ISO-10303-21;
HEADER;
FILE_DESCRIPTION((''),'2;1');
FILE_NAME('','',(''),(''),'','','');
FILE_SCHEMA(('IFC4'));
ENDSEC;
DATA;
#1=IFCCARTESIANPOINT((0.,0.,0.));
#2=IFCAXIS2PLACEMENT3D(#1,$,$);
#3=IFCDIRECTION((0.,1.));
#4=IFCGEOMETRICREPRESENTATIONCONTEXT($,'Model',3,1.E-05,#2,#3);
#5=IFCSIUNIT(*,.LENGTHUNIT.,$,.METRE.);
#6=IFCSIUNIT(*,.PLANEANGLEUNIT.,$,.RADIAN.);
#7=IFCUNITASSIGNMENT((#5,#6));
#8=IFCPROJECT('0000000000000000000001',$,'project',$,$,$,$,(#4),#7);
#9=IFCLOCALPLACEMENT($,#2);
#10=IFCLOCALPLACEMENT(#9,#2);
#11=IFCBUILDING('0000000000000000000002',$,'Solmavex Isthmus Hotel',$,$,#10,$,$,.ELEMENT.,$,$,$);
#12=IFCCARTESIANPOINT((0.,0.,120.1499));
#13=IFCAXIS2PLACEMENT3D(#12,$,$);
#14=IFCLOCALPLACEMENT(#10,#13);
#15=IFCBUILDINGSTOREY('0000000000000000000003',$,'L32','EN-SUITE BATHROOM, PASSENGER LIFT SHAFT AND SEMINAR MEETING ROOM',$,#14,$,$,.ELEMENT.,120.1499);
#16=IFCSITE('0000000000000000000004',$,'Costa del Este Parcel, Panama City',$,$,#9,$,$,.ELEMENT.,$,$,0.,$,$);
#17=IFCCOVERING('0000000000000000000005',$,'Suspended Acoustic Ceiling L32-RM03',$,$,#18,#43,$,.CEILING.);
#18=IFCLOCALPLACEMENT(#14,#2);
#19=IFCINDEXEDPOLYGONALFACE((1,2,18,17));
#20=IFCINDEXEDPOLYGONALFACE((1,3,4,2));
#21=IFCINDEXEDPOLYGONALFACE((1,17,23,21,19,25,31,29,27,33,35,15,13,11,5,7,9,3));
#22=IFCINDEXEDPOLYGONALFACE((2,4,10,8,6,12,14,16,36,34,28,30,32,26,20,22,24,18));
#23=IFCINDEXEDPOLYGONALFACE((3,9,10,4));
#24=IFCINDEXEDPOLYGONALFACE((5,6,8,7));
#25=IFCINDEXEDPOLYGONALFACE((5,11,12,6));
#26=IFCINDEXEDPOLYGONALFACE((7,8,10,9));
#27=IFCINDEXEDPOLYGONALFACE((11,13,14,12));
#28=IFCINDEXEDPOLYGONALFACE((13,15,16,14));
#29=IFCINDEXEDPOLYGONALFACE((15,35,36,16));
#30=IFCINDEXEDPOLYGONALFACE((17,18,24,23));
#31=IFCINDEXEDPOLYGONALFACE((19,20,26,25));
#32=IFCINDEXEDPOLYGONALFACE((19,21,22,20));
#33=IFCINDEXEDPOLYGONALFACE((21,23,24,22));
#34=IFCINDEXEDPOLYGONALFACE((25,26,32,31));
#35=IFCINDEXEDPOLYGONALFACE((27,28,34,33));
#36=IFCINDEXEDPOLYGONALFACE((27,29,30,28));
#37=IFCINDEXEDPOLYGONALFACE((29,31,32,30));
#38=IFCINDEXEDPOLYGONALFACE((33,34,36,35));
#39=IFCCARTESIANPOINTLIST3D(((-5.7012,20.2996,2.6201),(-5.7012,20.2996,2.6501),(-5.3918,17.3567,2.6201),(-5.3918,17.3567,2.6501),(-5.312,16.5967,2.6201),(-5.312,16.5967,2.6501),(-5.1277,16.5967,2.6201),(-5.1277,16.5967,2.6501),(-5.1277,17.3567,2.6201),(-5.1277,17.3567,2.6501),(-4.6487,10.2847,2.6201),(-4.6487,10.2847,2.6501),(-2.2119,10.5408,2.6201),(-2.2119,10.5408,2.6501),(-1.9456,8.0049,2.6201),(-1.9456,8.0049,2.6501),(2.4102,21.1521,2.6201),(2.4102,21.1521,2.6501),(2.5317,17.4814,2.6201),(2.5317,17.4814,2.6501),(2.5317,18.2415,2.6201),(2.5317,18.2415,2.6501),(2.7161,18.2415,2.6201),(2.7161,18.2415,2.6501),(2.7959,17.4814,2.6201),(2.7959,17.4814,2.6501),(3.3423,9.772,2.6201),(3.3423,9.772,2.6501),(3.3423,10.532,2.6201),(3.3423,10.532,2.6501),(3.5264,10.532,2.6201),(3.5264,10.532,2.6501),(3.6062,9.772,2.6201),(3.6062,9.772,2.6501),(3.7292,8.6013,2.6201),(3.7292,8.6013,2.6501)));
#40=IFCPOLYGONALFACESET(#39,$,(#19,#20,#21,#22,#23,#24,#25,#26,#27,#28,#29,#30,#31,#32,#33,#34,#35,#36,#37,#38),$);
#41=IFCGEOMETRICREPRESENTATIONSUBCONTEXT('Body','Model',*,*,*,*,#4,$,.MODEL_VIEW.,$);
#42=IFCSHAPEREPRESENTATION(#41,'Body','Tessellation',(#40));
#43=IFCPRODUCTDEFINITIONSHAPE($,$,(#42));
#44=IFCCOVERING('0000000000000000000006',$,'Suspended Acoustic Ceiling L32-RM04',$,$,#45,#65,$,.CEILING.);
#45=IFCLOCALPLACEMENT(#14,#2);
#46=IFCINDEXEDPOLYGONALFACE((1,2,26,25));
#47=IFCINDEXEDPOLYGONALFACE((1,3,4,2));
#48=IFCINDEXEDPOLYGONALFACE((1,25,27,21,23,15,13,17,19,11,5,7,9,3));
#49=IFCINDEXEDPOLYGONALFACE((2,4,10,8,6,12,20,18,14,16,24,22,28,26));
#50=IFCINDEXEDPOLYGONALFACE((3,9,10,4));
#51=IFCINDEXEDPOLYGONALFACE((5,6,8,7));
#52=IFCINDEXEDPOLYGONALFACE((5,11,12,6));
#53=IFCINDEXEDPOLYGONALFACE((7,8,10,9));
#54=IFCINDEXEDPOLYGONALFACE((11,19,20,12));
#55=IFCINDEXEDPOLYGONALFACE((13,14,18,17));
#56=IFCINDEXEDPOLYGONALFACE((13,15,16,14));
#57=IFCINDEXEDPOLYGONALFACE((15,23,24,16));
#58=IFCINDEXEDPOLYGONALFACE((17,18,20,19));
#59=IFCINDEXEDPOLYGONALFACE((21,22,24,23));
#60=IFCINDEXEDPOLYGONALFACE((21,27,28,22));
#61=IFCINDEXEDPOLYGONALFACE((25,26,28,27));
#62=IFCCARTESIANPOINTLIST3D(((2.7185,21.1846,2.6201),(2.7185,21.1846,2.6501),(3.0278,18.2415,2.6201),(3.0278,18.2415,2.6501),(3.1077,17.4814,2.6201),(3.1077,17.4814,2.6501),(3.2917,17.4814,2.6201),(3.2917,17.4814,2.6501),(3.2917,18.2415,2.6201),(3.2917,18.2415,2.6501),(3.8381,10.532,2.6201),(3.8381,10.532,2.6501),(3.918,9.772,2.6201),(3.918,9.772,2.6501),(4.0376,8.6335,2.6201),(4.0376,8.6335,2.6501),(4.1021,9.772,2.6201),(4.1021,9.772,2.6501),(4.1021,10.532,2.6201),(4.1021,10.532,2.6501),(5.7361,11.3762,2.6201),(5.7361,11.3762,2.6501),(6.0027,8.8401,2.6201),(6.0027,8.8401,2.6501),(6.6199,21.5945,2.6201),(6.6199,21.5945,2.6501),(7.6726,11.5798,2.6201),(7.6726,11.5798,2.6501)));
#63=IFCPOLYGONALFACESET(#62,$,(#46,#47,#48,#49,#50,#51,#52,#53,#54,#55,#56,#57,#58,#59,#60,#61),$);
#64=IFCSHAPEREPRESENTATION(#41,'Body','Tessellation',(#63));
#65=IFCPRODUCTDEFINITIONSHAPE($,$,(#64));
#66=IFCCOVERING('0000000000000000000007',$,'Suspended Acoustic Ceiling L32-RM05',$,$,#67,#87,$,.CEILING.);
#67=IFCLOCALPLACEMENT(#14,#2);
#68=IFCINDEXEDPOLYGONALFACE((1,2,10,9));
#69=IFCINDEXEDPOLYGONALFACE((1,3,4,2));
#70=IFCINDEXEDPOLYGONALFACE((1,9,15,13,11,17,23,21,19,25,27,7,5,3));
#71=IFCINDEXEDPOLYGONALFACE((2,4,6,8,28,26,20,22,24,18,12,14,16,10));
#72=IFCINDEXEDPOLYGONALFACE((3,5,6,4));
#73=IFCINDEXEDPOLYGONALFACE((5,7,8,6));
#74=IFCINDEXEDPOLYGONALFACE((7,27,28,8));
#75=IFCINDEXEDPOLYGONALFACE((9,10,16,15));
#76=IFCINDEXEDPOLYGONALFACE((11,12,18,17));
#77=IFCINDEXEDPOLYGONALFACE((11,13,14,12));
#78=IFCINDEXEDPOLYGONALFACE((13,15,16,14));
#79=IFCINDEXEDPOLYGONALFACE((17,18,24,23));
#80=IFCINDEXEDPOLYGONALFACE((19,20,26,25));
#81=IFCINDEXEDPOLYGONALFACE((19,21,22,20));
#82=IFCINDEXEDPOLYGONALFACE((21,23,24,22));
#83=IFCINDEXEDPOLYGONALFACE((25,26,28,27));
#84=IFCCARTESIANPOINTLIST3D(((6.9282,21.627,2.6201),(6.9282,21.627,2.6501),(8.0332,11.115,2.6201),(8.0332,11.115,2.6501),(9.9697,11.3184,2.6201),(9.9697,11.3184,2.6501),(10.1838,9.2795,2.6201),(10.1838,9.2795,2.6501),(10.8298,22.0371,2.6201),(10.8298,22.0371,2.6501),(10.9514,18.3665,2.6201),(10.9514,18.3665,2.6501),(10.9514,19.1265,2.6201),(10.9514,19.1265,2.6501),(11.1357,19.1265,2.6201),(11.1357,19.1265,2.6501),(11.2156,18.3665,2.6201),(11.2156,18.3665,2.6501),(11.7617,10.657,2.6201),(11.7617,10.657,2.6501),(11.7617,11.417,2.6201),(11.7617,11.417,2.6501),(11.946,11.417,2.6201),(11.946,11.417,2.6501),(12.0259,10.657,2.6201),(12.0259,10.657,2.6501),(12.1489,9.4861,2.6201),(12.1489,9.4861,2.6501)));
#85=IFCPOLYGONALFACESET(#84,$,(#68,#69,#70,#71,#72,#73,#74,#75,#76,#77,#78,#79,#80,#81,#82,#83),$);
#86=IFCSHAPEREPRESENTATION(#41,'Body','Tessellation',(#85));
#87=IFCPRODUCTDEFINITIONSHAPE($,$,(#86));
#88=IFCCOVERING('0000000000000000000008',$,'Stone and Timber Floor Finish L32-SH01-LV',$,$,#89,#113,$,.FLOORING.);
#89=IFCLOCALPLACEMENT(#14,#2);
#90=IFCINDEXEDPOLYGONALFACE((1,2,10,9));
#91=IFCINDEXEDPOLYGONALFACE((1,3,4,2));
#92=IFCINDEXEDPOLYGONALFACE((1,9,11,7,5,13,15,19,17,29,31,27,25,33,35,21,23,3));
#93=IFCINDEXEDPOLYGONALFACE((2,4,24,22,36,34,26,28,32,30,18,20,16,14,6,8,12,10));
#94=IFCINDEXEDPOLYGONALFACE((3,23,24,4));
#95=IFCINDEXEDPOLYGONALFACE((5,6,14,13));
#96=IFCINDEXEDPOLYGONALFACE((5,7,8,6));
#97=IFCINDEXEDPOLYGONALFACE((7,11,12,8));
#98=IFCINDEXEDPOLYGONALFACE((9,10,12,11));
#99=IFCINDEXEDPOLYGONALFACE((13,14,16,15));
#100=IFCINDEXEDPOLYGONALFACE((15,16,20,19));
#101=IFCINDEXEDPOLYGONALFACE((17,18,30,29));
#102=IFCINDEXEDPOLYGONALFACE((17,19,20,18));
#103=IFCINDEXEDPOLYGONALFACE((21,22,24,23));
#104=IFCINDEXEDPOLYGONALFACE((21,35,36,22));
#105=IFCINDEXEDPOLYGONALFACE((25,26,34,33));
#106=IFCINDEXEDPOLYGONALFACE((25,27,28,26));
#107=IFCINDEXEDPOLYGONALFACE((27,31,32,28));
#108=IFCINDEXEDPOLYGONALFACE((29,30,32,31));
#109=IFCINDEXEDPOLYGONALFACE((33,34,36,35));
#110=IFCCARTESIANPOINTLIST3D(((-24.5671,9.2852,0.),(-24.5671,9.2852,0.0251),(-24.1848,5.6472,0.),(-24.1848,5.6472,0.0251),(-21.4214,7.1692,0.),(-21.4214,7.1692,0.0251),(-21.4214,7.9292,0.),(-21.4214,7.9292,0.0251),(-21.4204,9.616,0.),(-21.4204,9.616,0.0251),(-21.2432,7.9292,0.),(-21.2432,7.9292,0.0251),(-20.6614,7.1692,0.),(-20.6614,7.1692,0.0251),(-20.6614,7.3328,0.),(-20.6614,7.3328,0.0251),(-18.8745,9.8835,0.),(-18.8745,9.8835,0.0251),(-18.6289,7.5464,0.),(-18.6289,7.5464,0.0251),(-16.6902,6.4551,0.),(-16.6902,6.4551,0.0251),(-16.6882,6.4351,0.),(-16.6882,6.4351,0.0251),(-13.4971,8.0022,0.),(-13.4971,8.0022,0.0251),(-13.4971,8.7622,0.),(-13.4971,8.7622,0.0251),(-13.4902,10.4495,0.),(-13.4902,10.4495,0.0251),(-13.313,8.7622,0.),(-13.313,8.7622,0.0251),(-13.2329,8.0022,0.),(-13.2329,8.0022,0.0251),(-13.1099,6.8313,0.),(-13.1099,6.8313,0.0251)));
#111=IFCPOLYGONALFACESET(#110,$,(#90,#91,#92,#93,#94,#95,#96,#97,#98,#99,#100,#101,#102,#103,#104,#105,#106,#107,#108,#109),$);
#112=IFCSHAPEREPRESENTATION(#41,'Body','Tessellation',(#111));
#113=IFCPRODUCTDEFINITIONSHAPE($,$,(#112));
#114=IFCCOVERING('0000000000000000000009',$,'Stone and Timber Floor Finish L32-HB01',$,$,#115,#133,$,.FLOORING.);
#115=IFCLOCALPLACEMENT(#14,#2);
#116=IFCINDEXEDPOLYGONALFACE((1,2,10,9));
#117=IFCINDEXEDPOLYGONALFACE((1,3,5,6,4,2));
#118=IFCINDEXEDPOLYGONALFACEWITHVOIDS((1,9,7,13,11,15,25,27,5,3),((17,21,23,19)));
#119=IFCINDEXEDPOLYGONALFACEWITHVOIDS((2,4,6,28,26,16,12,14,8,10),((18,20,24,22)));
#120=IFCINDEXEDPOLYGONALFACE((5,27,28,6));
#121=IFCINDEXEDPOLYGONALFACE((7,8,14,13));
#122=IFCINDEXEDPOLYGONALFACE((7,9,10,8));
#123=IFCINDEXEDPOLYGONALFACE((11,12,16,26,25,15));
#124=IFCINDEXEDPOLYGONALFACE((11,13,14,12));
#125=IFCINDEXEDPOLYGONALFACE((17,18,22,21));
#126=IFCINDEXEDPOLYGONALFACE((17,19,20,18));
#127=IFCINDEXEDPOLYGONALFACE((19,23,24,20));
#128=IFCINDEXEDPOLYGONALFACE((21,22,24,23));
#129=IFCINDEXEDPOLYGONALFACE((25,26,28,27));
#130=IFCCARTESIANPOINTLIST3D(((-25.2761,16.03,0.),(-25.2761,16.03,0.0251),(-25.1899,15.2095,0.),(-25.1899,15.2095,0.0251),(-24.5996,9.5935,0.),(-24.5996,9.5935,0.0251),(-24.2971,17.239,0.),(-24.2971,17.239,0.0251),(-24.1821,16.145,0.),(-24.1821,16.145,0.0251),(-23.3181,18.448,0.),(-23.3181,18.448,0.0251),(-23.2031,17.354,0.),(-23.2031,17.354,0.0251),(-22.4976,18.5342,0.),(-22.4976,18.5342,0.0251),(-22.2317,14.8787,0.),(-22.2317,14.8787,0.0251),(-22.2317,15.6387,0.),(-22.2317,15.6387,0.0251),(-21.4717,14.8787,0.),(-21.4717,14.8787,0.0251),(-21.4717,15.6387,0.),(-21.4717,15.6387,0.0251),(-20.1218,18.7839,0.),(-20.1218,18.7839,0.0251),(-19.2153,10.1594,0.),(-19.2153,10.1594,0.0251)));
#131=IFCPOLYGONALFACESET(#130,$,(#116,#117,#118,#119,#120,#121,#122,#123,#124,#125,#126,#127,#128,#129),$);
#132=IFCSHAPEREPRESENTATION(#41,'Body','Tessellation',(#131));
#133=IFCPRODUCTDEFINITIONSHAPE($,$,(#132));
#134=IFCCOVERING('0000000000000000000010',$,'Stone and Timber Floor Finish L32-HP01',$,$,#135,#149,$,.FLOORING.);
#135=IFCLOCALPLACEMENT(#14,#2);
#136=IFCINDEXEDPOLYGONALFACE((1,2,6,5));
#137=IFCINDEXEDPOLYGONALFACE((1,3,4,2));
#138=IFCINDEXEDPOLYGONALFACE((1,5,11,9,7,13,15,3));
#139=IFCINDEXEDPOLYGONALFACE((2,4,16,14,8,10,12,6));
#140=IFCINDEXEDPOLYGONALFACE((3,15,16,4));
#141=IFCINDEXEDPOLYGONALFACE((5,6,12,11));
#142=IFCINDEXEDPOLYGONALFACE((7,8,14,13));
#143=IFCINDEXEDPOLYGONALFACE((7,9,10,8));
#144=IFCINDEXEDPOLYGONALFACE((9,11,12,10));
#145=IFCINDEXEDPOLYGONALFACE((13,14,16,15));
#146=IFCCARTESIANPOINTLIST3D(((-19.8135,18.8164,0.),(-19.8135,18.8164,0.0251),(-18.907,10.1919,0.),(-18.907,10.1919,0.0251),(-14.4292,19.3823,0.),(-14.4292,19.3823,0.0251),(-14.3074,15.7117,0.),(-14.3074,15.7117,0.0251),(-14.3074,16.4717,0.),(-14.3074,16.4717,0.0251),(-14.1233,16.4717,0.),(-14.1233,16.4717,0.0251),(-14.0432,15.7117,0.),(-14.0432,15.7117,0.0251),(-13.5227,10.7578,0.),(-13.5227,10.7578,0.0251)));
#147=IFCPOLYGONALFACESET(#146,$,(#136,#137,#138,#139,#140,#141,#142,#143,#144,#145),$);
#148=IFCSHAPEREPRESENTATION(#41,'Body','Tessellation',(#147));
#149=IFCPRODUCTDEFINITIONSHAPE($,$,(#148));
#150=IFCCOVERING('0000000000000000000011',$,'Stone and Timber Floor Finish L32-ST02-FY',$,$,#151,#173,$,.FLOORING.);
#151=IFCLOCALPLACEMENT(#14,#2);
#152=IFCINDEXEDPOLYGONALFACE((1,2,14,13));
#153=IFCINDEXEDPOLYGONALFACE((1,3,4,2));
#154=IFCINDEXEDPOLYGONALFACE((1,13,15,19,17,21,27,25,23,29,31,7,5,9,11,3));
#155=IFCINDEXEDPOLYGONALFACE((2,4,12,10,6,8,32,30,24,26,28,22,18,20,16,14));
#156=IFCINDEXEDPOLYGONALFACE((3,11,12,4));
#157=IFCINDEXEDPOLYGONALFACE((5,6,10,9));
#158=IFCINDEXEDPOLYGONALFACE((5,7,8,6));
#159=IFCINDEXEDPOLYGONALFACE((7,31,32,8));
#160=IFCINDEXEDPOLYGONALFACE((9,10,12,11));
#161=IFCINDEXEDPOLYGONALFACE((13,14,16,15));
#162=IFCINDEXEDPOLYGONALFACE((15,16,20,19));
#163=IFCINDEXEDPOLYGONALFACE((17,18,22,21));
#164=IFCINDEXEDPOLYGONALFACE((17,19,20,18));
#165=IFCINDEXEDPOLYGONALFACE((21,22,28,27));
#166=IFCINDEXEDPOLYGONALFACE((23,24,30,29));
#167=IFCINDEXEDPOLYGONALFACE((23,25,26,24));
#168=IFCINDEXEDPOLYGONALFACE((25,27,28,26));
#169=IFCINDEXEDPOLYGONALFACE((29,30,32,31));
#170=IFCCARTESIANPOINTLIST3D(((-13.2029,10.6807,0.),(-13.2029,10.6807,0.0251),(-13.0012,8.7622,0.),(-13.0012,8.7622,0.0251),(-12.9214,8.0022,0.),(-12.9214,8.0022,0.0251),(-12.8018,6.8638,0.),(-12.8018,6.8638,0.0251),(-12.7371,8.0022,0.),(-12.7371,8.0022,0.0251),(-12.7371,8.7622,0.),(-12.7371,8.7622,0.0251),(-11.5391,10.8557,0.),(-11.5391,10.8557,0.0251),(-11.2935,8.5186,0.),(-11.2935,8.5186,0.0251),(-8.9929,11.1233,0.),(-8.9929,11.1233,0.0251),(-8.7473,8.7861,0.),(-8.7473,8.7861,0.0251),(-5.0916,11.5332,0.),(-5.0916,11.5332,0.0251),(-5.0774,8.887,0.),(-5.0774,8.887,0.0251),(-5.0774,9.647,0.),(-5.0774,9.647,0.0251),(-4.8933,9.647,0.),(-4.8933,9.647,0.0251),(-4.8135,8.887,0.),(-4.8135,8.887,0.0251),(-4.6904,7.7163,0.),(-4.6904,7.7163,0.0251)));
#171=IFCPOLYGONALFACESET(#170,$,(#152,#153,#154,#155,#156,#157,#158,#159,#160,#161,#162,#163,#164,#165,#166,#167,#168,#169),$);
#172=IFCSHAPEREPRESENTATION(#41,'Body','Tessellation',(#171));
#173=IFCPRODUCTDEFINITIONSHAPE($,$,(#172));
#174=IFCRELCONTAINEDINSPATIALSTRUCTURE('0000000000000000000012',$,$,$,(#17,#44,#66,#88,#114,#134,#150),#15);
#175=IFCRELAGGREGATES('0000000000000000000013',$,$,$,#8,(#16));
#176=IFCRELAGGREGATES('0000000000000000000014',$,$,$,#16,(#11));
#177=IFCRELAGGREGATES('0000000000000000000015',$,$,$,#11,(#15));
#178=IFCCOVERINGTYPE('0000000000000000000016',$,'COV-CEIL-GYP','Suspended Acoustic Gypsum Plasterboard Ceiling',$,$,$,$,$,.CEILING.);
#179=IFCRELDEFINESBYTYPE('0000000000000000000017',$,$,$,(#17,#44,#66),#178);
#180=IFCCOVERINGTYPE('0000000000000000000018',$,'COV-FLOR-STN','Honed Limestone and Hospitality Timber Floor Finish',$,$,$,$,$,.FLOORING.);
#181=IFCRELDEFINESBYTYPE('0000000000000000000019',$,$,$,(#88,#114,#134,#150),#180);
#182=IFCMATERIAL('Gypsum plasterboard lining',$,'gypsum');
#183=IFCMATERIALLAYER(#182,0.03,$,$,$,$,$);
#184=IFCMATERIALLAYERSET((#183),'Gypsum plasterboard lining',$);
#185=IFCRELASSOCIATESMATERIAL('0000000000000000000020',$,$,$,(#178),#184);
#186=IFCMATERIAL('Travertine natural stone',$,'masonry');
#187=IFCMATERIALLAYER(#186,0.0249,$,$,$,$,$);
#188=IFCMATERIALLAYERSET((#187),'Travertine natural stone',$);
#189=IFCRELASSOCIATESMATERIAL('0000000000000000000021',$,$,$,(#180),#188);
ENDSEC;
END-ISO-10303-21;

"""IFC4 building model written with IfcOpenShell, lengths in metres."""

from ifc_helpers import new_model, si_unit, direction, frame, origin, place, context, subcontext, project, spatial, polyline, outline, extrude, material, layer, layer_set, type_object, element, save


model = new_model("IFC4")

# Units and contexts
model_context = context("Model", 3, precision=1e-05, world=origin(), true_north=direction((0.0, 1.0)))
body_context = subcontext(model_context, "Body", "Model", "MODEL_VIEW")
ifc_project = project(units=[si_unit("LENGTHUNIT", "METRE"), si_unit("PLANEANGLEUNIT", "RADIAN")], contexts=[model_context])

# Site, building, storey
site_placement = place(None, origin())
site = spatial("IfcSite", under=ifc_project, at=site_placement, Name="Costa del Este Parcel, Panama City", CompositionType="ELEMENT", RefElevation=0.0)
building_placement = place(site_placement, origin())
building = spatial("IfcBuilding", under=site, at=building_placement, Name="Solmavex Isthmus Hotel", CompositionType="ELEMENT")
storey_placement = place(building_placement, frame((0.0, 0.0, 120.1499)))
storey = spatial("IfcBuildingStorey", under=building, at=storey_placement, Name="L32", Description="EN-SUITE BATHROOM, PASSENGER LIFT SHAFT AND SEMINAR MEETING ROOM", CompositionType="ELEMENT", Elevation=120.1499)

# Shared definitions
ifc_material_1 = material(Name="Gypsum plasterboard lining", Category="gypsum")

# Coverings
ifc_layer_1 = layer(ifc_material_1, 0.03)
ifc_layer_set_1 = layer_set([ifc_layer_1], Name="Gypsum plasterboard lining")
covering_type_1 = type_object("IfcCoveringType", Name="COV-CEIL-GYP", Description="Suspended Acoustic Gypsum Plasterboard Ceiling", PredefinedType="CEILING", material=ifc_layer_set_1)
covering_1_placement = place(storey_placement, frame((0.0, 0.0, 2.6201)))
element("IfcCovering", 1, at=covering_1_placement, inside=storey, type_object=covering_type_1, Name="Suspended Acoustic Ceiling L32-RM03", PredefinedType="CEILING", context=body_context, shape_type="SweptSolid", body=[
    extrude(outline(polyline([(-5.3918, 17.3567), (-5.1277, 17.3567), (-5.1277, 16.5967), (-5.312, 16.5967), (-4.6487, 10.2847), (-2.2119, 10.5408), (-1.9456, 8.0049), (3.7292, 8.6013), (3.6062, 9.772), (3.3423, 9.772), (3.3423, 10.532), (3.5264, 10.532), (2.7959, 17.4814), (2.5317, 17.4814), (2.5317, 18.2415), (2.7161, 18.2415), (2.4102, 21.1521), (-5.7012, 20.2996), (-5.3918, 17.3567)])), origin(), (0.0, 0.0, 1.0), 0.03),
])
covering_2_placement = place(storey_placement, frame((0.0, 0.0, 2.6201)))
element("IfcCovering", 2, at=covering_2_placement, inside=storey, type_object=covering_type_1, Name="Suspended Acoustic Ceiling L32-RM04", PredefinedType="CEILING", context=body_context, shape_type="SweptSolid", body=[
    extrude(outline(polyline([(3.8381, 10.532), (4.1021, 10.532), (4.1021, 9.772), (3.918, 9.772), (4.0376, 8.6335), (6.0027, 8.8401), (5.7361, 11.3762), (7.6726, 11.5798), (6.6199, 21.5945), (2.7185, 21.1846), (3.0278, 18.2415), (3.2917, 18.2415), (3.2917, 17.4814), (3.1077, 17.4814), (3.8381, 10.532)])), origin(), (0.0, 0.0, 1.0), 0.03),
])
covering_3_placement = place(storey_placement, frame((0.0, 0.0, 2.6201)))
element("IfcCovering", 3, at=covering_3_placement, inside=storey, type_object=covering_type_1, Name="Suspended Acoustic Ceiling L32-RM05", PredefinedType="CEILING", context=body_context, shape_type="SweptSolid", body=[
    extrude(outline(polyline([(11.2156, 18.3665), (10.9514, 18.3665), (10.9514, 19.1265), (11.1357, 19.1265), (10.8298, 22.0371), (6.9282, 21.627), (8.0332, 11.115), (9.9697, 11.3184), (10.1838, 9.2795), (12.1489, 9.4861), (12.0259, 10.657), (11.7617, 10.657), (11.7617, 11.417), (11.946, 11.417), (11.2156, 18.3665)])), origin(), (0.0, 0.0, 1.0), 0.03),
])
ifc_material_2 = material(Name="Travertine natural stone", Category="masonry")
ifc_layer_2 = layer(ifc_material_2, 0.0249)
ifc_layer_set_2 = layer_set([ifc_layer_2], Name="Travertine natural stone")
covering_type_2 = type_object("IfcCoveringType", Name="COV-FLOR-STN", Description="Honed Limestone and Hospitality Timber Floor Finish", PredefinedType="FLOORING", material=ifc_layer_set_2)
covering_4_placement = place(storey_placement, origin())
element("IfcCovering", 4, at=covering_4_placement, inside=storey, type_object=covering_type_2, Name="Stone and Timber Floor Finish L32-SH01-LV", PredefinedType="FLOORING", context=body_context, shape_type="SweptSolid", body=[
    extrude(outline(polyline([(-21.4204, 9.616), (-24.5671, 9.2852), (-24.1848, 5.6472), (-16.6882, 6.4351), (-16.6902, 6.4551), (-13.1099, 6.8313), (-13.2329, 8.0022), (-13.4971, 8.0022), (-13.4971, 8.7622), (-13.313, 8.7622), (-13.4902, 10.4495), (-18.8745, 9.8835), (-18.6289, 7.5464), (-20.6614, 7.3328), (-20.6614, 7.1692), (-21.4214, 7.1692), (-21.4214, 7.9292), (-21.2432, 7.9292), (-21.4204, 9.616)])), origin(), (0.0, 0.0, 1.0), 0.0251),
])
covering_5_placement = place(storey_placement, origin())
element("IfcCovering", 5, at=covering_5_placement, inside=storey, type_object=covering_type_2, Name="Stone and Timber Floor Finish L32-HB01", PredefinedType="FLOORING", context=body_context, shape_type="SweptSolid", body=[
    extrude(outline(polyline([(-25.2761, 16.03), (-25.1899, 15.2095), (-24.5996, 9.5935), (-19.2153, 10.1594), (-20.1218, 18.7839), (-22.4976, 18.5342), (-23.3181, 18.448), (-23.2031, 17.354), (-24.2971, 17.239), (-24.1821, 16.145), (-25.2761, 16.03)]), holes=[polyline([(-22.2317, 14.8787), (-22.2317, 15.6387), (-21.4717, 15.6387), (-21.4717, 14.8787), (-22.2317, 14.8787)])]), origin(), (0.0, 0.0, 1.0), 0.0251),
])
covering_6_placement = place(storey_placement, origin())
element("IfcCovering", 6, at=covering_6_placement, inside=storey, type_object=covering_type_2, Name="Stone and Timber Floor Finish L32-HP01", PredefinedType="FLOORING", context=body_context, shape_type="SweptSolid", body=[
    extrude(outline(polyline([(-14.0432, 15.7117), (-14.3074, 15.7117), (-14.3074, 16.4717), (-14.1233, 16.4717), (-14.4292, 19.3823), (-19.8135, 18.8164), (-18.907, 10.1919), (-13.5227, 10.7578), (-14.0432, 15.7117)])), origin(), (0.0, 0.0, 1.0), 0.0251),
])
covering_7_placement = place(storey_placement, origin())
element("IfcCovering", 7, at=covering_7_placement, inside=storey, type_object=covering_type_2, Name="Stone and Timber Floor Finish L32-ST02-FY", PredefinedType="FLOORING", context=body_context, shape_type="SweptSolid", body=[
    extrude(outline(polyline([(-4.8135, 8.887), (-5.0774, 8.887), (-5.0774, 9.647), (-4.8933, 9.647), (-5.0916, 11.5332), (-8.9929, 11.1233), (-8.7473, 8.7861), (-11.2935, 8.5186), (-11.5391, 10.8557), (-13.2029, 10.6807), (-13.0012, 8.7622), (-12.7371, 8.7622), (-12.7371, 8.0022), (-12.9214, 8.0022), (-12.8018, 6.8638), (-4.6904, 7.7163), (-4.8135, 8.887)])), origin(), (0.0, 0.0, 1.0), 0.0251),
])

save(model, "model.ifc")
